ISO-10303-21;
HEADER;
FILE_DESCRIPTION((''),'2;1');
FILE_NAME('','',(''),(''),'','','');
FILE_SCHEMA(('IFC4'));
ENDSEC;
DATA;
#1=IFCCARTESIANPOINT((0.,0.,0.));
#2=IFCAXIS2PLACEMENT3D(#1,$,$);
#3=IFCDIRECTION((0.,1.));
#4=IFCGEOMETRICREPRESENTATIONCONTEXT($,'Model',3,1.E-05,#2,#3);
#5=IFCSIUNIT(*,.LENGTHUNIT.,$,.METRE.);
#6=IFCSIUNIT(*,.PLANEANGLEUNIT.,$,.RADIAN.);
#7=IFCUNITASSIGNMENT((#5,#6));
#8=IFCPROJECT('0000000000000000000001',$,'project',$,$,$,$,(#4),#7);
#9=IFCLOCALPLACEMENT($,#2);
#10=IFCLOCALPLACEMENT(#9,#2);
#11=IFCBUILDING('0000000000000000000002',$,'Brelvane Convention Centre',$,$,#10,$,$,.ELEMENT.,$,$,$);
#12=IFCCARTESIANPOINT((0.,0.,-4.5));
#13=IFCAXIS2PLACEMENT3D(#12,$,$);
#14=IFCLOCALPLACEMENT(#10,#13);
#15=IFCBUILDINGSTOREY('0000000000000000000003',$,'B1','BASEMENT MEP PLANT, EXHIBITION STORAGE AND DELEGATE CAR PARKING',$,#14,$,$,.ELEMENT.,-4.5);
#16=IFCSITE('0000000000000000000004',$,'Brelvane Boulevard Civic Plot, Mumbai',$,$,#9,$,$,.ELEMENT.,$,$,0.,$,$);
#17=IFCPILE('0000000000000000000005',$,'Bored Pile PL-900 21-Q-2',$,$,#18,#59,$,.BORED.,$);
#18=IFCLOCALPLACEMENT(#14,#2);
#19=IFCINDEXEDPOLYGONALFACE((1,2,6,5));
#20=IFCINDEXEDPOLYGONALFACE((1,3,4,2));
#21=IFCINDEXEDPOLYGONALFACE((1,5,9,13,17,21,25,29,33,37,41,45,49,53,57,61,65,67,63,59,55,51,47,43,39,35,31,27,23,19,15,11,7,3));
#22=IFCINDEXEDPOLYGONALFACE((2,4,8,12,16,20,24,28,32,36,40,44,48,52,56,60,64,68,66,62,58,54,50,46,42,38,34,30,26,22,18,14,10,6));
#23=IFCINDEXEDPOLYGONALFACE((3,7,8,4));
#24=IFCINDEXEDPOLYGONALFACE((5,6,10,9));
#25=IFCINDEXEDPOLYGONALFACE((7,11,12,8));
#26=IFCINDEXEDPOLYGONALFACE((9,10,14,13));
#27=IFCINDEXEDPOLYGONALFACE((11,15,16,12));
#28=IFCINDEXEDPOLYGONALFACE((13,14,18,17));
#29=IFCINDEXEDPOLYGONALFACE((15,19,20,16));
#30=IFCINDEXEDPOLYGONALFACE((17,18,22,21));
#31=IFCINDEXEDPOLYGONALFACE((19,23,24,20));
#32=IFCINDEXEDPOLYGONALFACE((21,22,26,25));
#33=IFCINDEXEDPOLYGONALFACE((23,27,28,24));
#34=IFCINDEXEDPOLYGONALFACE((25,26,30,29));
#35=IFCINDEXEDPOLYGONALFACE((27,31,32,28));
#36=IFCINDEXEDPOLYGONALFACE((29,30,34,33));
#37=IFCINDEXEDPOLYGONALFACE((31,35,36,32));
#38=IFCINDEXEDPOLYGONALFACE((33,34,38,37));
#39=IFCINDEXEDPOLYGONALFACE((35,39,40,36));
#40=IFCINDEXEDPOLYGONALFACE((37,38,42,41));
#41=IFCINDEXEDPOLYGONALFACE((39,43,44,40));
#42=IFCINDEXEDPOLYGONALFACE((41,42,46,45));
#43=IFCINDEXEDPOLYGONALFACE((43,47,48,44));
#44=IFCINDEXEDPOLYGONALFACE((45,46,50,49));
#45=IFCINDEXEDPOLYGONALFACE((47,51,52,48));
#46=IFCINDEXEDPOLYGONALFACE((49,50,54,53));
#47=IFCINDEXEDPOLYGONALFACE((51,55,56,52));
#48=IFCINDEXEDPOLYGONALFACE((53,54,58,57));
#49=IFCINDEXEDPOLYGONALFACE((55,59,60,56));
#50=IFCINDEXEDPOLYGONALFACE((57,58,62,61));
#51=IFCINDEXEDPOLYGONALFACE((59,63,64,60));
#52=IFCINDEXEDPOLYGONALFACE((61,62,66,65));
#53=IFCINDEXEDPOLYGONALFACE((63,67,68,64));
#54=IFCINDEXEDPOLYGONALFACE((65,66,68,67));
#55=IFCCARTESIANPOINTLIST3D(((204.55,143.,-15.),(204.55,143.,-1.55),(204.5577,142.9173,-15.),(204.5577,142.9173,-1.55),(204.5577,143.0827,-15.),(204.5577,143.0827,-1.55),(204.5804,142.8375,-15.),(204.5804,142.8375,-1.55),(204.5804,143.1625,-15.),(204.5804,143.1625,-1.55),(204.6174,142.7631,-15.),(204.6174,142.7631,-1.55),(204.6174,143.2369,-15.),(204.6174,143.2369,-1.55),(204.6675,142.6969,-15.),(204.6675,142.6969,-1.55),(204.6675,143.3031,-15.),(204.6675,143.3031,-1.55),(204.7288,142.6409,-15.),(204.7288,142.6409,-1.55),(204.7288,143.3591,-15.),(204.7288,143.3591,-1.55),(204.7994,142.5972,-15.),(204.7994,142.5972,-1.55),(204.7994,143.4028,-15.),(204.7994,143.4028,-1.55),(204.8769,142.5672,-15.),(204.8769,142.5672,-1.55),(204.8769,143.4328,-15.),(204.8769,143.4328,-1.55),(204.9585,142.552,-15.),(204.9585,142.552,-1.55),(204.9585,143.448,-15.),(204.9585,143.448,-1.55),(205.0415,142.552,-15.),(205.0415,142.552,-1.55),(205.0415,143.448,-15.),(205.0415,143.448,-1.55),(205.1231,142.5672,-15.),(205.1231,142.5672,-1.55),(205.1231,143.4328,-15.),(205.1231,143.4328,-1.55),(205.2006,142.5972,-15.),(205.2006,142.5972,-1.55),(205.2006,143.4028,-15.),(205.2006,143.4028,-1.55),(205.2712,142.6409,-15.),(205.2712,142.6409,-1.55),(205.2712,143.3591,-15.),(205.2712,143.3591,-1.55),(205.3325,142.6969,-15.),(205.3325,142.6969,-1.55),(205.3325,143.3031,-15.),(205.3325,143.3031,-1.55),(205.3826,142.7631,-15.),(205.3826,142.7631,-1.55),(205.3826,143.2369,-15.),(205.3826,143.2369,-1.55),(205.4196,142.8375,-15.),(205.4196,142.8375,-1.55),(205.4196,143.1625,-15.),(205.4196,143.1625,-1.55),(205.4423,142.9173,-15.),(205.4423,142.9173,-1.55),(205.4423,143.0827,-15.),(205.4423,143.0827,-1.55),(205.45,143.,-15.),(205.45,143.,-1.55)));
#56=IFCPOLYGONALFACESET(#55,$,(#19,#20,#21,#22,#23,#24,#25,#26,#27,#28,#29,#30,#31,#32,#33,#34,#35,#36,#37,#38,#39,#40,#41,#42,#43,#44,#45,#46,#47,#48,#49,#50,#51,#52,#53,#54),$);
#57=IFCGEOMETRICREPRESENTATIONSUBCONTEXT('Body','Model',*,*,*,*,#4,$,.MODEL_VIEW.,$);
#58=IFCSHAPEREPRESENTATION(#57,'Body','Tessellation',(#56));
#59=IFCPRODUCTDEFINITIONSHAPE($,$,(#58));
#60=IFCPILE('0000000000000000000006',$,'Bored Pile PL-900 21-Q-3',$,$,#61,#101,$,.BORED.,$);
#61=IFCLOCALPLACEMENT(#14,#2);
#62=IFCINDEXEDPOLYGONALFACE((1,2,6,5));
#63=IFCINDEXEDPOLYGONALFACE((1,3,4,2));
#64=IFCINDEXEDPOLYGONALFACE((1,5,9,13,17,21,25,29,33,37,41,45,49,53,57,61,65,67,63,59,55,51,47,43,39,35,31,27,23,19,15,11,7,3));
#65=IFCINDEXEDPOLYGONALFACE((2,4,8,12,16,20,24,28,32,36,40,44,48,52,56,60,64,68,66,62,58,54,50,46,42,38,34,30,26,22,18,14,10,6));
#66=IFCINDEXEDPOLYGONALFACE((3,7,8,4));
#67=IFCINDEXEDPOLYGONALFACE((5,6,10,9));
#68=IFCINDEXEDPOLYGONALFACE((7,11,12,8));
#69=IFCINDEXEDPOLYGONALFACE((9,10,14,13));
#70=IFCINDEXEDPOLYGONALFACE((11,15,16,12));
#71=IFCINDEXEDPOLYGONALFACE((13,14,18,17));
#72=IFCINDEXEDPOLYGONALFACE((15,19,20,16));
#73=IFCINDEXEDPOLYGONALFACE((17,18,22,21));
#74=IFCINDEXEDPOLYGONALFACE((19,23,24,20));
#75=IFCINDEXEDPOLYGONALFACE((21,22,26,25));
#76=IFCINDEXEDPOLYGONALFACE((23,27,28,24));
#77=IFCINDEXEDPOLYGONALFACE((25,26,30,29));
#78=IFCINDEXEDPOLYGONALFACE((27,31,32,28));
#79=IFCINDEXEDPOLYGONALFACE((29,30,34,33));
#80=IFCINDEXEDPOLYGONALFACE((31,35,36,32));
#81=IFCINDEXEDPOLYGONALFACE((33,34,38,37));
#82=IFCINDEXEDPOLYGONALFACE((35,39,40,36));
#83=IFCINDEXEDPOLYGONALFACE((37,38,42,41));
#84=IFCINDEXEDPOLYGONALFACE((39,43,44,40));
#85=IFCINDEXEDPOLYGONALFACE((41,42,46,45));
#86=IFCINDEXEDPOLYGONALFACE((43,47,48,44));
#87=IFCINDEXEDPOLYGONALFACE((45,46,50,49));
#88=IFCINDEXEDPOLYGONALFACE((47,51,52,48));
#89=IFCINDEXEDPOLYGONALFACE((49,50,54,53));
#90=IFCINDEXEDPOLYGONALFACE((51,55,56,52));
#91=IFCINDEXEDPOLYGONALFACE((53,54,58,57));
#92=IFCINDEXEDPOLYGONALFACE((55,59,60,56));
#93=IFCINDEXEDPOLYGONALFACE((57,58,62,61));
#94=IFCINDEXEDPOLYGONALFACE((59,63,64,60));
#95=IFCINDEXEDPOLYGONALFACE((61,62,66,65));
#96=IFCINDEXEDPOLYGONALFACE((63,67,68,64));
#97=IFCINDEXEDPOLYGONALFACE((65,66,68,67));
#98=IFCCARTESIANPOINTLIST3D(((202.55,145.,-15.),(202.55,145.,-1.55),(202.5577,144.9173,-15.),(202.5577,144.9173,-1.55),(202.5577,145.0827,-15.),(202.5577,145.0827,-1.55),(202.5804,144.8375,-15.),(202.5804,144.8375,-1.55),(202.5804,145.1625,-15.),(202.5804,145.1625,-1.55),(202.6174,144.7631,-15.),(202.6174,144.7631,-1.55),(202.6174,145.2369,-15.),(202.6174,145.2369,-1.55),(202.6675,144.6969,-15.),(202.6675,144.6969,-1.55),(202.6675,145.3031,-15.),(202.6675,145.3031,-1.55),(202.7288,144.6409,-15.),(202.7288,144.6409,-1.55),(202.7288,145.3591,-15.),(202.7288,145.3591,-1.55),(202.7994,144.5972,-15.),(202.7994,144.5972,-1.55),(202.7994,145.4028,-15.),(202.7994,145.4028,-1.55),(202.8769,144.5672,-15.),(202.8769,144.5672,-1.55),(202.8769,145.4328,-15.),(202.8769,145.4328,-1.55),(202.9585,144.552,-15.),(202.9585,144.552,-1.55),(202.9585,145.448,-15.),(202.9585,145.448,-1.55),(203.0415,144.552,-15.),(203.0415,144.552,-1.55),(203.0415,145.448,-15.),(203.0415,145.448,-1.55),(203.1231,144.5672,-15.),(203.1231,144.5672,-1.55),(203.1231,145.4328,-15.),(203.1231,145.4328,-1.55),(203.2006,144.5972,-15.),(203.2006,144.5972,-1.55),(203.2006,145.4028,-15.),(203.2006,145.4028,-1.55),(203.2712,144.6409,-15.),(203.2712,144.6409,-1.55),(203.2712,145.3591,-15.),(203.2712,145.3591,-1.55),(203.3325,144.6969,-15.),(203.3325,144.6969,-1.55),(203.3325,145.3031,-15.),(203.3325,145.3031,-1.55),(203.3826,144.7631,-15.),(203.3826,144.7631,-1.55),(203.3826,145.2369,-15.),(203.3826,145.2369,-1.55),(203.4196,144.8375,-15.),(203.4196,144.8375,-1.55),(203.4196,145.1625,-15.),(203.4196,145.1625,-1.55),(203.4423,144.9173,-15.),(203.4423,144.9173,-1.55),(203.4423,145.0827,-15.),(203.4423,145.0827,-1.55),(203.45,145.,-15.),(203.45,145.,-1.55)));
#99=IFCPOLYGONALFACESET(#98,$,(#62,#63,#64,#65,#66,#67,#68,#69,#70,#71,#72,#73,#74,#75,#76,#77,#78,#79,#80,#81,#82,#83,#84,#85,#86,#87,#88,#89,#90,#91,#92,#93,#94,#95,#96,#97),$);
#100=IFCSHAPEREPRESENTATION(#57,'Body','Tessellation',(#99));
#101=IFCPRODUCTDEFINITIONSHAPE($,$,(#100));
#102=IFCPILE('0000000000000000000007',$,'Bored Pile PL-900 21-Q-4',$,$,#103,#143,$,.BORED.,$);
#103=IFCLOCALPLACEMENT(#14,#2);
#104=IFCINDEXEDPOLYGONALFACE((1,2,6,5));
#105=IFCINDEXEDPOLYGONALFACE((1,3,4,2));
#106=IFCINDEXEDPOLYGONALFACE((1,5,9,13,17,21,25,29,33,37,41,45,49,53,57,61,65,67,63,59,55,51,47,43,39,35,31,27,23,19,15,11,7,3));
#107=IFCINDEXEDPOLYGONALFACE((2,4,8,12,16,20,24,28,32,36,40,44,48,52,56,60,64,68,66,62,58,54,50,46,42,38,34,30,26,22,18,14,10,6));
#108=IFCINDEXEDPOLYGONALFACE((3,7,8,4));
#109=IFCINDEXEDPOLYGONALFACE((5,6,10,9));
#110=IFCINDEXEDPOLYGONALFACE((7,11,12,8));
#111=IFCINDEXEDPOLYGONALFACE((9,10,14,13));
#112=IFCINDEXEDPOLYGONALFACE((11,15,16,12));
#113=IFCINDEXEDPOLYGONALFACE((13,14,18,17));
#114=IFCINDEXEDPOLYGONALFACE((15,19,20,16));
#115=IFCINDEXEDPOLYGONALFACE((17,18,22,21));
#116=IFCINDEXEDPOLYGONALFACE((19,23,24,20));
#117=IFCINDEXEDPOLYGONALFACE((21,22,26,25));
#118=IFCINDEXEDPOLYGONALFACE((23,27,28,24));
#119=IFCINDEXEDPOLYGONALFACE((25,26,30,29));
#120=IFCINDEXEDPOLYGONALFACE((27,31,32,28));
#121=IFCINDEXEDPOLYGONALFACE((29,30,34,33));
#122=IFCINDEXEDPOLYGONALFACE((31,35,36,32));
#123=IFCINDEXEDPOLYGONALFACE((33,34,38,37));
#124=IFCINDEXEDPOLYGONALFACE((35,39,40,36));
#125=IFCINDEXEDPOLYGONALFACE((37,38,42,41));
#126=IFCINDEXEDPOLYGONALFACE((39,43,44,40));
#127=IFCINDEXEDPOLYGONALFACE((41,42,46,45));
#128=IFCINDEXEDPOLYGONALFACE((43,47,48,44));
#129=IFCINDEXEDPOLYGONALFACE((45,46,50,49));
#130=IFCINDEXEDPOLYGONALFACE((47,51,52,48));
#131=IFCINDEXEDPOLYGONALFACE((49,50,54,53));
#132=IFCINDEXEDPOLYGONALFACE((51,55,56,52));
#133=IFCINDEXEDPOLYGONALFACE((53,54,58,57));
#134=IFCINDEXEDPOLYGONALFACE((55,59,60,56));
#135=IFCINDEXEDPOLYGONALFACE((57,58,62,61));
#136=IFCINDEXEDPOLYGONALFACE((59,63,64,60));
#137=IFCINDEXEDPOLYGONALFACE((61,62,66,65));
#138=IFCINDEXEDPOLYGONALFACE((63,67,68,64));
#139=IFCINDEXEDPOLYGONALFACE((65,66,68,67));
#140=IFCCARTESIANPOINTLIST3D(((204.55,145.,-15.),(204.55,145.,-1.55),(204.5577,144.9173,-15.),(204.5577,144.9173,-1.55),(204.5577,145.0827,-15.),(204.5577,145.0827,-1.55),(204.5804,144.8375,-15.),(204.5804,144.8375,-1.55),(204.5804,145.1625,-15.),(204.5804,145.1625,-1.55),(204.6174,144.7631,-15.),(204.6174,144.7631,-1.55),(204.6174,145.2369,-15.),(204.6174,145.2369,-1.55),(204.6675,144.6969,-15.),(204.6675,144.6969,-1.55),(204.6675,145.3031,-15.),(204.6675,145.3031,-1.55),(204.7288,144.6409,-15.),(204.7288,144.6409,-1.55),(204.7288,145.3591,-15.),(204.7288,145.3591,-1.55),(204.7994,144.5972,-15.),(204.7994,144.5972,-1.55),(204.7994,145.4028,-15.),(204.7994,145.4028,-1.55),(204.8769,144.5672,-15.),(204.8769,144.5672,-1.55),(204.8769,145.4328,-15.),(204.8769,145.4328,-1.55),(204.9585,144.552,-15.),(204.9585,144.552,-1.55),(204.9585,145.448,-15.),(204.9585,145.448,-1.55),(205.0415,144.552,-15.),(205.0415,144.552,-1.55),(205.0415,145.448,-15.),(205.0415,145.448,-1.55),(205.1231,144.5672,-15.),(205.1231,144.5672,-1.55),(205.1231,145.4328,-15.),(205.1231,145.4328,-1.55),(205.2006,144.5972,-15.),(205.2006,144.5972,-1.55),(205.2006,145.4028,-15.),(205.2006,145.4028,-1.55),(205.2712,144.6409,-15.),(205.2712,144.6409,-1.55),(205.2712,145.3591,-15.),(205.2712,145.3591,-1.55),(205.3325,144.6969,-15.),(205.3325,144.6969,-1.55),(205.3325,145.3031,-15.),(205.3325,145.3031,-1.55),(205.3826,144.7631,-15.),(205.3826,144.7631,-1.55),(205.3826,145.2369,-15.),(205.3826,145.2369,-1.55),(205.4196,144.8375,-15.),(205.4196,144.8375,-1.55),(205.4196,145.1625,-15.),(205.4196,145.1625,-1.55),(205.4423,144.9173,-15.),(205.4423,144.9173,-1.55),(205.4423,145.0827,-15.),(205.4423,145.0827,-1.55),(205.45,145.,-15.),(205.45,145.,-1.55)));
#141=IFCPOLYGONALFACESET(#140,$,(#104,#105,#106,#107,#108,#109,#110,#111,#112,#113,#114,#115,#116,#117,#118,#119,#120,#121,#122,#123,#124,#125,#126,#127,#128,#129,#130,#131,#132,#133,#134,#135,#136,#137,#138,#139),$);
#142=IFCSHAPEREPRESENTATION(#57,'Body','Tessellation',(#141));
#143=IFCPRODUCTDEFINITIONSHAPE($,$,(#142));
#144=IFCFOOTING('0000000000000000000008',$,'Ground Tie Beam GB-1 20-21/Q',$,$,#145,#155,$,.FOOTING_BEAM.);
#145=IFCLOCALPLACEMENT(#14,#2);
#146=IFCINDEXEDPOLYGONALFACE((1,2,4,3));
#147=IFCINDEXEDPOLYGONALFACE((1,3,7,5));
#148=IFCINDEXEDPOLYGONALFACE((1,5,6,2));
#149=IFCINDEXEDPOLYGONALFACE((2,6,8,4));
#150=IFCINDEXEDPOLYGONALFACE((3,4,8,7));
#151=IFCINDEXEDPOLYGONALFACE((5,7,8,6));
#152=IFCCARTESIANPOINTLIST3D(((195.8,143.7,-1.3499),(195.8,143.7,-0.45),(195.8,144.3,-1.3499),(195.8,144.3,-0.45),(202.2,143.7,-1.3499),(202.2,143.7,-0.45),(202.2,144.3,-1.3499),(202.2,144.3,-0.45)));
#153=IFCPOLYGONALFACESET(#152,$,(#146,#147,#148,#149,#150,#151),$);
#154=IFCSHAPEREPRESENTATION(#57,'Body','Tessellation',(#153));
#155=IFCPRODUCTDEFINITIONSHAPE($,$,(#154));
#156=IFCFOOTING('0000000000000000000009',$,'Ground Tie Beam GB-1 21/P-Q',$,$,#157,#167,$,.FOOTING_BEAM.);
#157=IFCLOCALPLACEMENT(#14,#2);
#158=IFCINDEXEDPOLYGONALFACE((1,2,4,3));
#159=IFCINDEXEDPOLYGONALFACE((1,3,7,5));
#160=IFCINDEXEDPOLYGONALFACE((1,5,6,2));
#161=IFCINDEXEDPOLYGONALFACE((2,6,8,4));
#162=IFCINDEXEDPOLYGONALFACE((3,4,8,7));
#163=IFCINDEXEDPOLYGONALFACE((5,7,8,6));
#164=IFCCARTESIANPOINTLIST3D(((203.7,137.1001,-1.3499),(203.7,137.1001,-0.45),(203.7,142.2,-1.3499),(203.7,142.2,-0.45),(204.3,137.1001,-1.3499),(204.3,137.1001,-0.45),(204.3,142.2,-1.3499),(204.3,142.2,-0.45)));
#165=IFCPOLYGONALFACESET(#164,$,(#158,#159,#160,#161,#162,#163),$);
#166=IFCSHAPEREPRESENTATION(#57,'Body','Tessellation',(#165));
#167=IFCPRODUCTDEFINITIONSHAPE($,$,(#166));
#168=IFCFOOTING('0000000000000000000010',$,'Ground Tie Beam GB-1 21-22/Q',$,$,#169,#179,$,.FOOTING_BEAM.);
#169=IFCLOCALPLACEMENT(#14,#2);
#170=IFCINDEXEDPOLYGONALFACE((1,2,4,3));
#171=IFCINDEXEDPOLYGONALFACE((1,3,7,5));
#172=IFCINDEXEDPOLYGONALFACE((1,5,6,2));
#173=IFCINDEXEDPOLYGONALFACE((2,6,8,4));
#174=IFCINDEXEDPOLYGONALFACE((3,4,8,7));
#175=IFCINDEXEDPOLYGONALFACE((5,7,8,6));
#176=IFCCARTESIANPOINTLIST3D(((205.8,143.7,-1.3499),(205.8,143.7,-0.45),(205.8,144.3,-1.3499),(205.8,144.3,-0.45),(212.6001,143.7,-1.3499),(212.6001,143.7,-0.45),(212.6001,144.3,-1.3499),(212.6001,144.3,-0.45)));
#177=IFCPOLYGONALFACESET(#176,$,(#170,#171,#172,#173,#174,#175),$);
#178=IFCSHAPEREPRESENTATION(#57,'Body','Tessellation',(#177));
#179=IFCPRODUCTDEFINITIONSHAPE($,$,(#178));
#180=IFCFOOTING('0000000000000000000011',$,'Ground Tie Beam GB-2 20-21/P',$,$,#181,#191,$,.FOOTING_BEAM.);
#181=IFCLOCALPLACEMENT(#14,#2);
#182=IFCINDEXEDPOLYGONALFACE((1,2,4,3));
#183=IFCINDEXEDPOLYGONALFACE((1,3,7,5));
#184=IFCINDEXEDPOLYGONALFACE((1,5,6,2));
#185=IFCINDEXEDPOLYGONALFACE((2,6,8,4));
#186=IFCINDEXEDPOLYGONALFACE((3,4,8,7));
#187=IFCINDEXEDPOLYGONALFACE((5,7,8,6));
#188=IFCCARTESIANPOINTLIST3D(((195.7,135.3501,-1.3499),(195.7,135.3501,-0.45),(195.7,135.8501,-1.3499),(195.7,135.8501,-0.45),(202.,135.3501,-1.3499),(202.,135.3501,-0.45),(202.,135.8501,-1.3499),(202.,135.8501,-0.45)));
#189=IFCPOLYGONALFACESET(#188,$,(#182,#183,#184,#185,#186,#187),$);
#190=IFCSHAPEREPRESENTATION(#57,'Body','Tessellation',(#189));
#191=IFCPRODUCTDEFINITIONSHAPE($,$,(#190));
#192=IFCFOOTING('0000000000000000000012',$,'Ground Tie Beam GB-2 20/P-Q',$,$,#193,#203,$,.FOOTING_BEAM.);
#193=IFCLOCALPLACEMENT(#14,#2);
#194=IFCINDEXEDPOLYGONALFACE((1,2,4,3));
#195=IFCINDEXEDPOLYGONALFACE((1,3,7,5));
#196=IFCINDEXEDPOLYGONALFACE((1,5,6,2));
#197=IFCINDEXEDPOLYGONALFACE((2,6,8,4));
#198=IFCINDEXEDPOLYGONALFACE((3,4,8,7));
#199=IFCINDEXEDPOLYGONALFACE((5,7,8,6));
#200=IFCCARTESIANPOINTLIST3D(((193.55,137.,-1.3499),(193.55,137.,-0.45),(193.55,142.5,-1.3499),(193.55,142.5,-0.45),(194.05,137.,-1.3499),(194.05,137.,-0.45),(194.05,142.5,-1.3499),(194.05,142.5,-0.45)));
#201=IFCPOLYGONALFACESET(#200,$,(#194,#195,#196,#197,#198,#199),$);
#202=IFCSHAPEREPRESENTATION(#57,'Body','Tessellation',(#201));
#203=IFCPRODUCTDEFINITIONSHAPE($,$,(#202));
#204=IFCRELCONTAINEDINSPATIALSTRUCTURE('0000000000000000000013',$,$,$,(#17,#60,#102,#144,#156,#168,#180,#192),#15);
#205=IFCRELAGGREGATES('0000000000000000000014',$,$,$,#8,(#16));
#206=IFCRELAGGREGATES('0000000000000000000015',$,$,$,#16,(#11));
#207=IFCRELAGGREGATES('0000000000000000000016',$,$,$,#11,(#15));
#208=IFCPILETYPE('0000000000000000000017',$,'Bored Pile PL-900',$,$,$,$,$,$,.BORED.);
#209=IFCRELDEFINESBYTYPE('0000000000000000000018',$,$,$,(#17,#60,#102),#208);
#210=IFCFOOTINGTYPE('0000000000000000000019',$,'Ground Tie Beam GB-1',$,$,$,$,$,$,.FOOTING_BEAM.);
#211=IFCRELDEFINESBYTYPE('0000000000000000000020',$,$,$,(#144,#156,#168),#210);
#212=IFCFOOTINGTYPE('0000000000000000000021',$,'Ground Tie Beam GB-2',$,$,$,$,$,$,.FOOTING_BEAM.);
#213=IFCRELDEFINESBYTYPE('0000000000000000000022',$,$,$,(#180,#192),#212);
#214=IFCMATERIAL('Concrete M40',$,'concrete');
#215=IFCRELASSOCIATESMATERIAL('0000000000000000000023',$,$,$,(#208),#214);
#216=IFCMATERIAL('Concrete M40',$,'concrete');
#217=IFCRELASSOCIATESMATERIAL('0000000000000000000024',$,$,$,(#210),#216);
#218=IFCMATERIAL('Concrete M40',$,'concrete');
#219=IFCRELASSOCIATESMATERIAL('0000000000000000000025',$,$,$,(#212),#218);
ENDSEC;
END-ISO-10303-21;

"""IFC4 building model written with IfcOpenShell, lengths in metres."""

from ifc_helpers import new_model, si_unit, direction, frame, origin, origin_2d, place, context, subcontext, project, spatial, rectangle, circle, extrude, material, material_profile, profile_set, type_object, element, save


model = new_model("IFC4")

# Units and contexts
model_context = context("Model", 3, precision=1e-05, world=origin(), true_north=direction((0.0, 1.0)))
body_context = subcontext(model_context, "Body", "Model", "MODEL_VIEW")
ifc_project = project(units=[si_unit("LENGTHUNIT", "METRE"), si_unit("PLANEANGLEUNIT", "RADIAN")], contexts=[model_context])

# Site, building, storey
site_placement = place(None, origin())
site = spatial("IfcSite", under=ifc_project, at=site_placement, Name="Brelvane Boulevard Civic Plot, Mumbai", CompositionType="ELEMENT", RefElevation=0.0)
building_placement = place(site_placement, origin())
building = spatial("IfcBuilding", under=site, at=building_placement, Name="Brelvane Convention Centre", CompositionType="ELEMENT")
storey_placement = place(building_placement, frame((0.0, 0.0, -4.5)))
storey = spatial("IfcBuildingStorey", under=building, at=storey_placement, Name="B1", Description="BASEMENT MEP PLANT, EXHIBITION STORAGE AND DELEGATE CAR PARKING", CompositionType="ELEMENT", Elevation=-4.5)

# Piles
ifc_material_1 = material(Name="Concrete M40", Category="concrete")
ifc_material_profile_1 = material_profile(ifc_material_1, circle(Radius=0.45, at=origin_2d()), Name="PILE D900")
ifc_profile_set_1 = profile_set([ifc_material_profile_1], Name="Concrete M40")
pile_type = type_object("IfcPileType", Name="Bored Pile PL-900", PredefinedType="BORED", material=ifc_profile_set_1)
for number, where, z_axis, x_axis, name in (
    (1, (205.0, 143.0, -1.55), (0.0, 0.0, -1.0), (1.0, 0.0, 0.0), "Bored Pile PL-900 21-Q-2"),
    (2, (203.0, 145.0, -1.55), (0.0, 0.0, -1.0), (1.0, 0.0, 0.0), "Bored Pile PL-900 21-Q-3"),
    (3, (205.0, 145.0, -1.55), (0.0, 0.0, -1.0), (1.0, 0.0, 0.0), "Bored Pile PL-900 21-Q-4"),
):
    element("IfcPile", number, at=place(storey_placement, frame(where, z_axis=z_axis, x_axis=x_axis)), inside=storey, type_object=pile_type, Name=name, PredefinedType="BORED", context=body_context, shape_type="SweptSolid", body=[
        extrude(circle(Radius=0.45, at=origin_2d()), origin(), (0.0, 0.0, 1.0), 13.45),
    ])

# Footings
ifc_material_2 = material(Name="Concrete M40", Category="concrete")
ifc_material_profile_2 = material_profile(ifc_material_2, rectangle(XDim=0.6001, YDim=0.8999, at=origin_2d()), Name="RC 600x900")
ifc_profile_set_2 = profile_set([ifc_material_profile_2], Name="Concrete M40")
footing_type_1 = type_object("IfcFootingType", Name="Ground Tie Beam GB-1", PredefinedType="FOOTING_BEAM", material=ifc_profile_set_2)
footing_1_placement = place(storey_placement, frame((195.8, 144.0, -0.8999), z_axis=(1.0, 0.0, 0.0), x_axis=(0.0, 1.0, 0.0)))
element("IfcFooting", 4, at=footing_1_placement, inside=storey, type_object=footing_type_1, Name="Ground Tie Beam GB-1 20-21/Q", PredefinedType="FOOTING_BEAM", context=body_context, shape_type="SweptSolid", body=[
    extrude(rectangle(XDim=0.6001, YDim=0.8999, at=origin_2d()), origin(), (0.0, 0.0, 1.0), 6.3999),
])
footing_2_placement = place(storey_placement, frame((204.0, 137.1001, -0.8999), z_axis=(0.0, 1.0, 0.0), x_axis=(-1.0, 0.0, 0.0)))
element("IfcFooting", 5, at=footing_2_placement, inside=storey, type_object=footing_type_1, Name="Ground Tie Beam GB-1 21/P-Q", PredefinedType="FOOTING_BEAM", context=body_context, shape_type="SweptSolid", body=[
    extrude(rectangle(XDim=0.6001, YDim=0.8999, at=origin_2d()), origin(), (0.0, 0.0, 1.0), 5.0999),
])
footing_3_placement = place(storey_placement, frame((205.8, 144.0, -0.8999), z_axis=(1.0, 0.0, 0.0), x_axis=(0.0, 1.0, 0.0)))
element("IfcFooting", 6, at=footing_3_placement, inside=storey, type_object=footing_type_1, Name="Ground Tie Beam GB-1 21-22/Q", PredefinedType="FOOTING_BEAM", context=body_context, shape_type="SweptSolid", body=[
    extrude(rectangle(XDim=0.6001, YDim=0.8999, at=origin_2d()), origin(), (0.0, 0.0, 1.0), 6.8),
])
ifc_material_3 = material(Name="Concrete M40", Category="concrete")
ifc_material_profile_3 = material_profile(ifc_material_3, rectangle(XDim=0.5, YDim=0.8999, at=origin_2d()), Name="RC 500x900")
ifc_profile_set_3 = profile_set([ifc_material_profile_3], Name="Concrete M40")
footing_type_2 = type_object("IfcFootingType", Name="Ground Tie Beam GB-2", PredefinedType="FOOTING_BEAM", material=ifc_profile_set_3)
footing_4_placement = place(storey_placement, frame((195.7, 135.6001, -0.8999), z_axis=(1.0, 0.0, 0.0), x_axis=(0.0, 1.0, 0.0)))
element("IfcFooting", 7, at=footing_4_placement, inside=storey, type_object=footing_type_2, Name="Ground Tie Beam GB-2 20-21/P", PredefinedType="FOOTING_BEAM", context=body_context, shape_type="SweptSolid", body=[
    extrude(rectangle(XDim=0.5, YDim=0.8999, at=origin_2d()), origin(), (0.0, 0.0, 1.0), 6.3),
])
footing_5_placement = place(storey_placement, frame((193.8, 137.0, -0.8999), z_axis=(0.0, 1.0, 0.0), x_axis=(-1.0, 0.0, 0.0)))
element("IfcFooting", 8, at=footing_5_placement, inside=storey, type_object=footing_type_2, Name="Ground Tie Beam GB-2 20/P-Q", PredefinedType="FOOTING_BEAM", context=body_context, shape_type="SweptSolid", body=[
    extrude(rectangle(XDim=0.5, YDim=0.8999, at=origin_2d()), origin(), (0.0, 0.0, 1.0), 5.5),
])

save(model, "model.ifc")
